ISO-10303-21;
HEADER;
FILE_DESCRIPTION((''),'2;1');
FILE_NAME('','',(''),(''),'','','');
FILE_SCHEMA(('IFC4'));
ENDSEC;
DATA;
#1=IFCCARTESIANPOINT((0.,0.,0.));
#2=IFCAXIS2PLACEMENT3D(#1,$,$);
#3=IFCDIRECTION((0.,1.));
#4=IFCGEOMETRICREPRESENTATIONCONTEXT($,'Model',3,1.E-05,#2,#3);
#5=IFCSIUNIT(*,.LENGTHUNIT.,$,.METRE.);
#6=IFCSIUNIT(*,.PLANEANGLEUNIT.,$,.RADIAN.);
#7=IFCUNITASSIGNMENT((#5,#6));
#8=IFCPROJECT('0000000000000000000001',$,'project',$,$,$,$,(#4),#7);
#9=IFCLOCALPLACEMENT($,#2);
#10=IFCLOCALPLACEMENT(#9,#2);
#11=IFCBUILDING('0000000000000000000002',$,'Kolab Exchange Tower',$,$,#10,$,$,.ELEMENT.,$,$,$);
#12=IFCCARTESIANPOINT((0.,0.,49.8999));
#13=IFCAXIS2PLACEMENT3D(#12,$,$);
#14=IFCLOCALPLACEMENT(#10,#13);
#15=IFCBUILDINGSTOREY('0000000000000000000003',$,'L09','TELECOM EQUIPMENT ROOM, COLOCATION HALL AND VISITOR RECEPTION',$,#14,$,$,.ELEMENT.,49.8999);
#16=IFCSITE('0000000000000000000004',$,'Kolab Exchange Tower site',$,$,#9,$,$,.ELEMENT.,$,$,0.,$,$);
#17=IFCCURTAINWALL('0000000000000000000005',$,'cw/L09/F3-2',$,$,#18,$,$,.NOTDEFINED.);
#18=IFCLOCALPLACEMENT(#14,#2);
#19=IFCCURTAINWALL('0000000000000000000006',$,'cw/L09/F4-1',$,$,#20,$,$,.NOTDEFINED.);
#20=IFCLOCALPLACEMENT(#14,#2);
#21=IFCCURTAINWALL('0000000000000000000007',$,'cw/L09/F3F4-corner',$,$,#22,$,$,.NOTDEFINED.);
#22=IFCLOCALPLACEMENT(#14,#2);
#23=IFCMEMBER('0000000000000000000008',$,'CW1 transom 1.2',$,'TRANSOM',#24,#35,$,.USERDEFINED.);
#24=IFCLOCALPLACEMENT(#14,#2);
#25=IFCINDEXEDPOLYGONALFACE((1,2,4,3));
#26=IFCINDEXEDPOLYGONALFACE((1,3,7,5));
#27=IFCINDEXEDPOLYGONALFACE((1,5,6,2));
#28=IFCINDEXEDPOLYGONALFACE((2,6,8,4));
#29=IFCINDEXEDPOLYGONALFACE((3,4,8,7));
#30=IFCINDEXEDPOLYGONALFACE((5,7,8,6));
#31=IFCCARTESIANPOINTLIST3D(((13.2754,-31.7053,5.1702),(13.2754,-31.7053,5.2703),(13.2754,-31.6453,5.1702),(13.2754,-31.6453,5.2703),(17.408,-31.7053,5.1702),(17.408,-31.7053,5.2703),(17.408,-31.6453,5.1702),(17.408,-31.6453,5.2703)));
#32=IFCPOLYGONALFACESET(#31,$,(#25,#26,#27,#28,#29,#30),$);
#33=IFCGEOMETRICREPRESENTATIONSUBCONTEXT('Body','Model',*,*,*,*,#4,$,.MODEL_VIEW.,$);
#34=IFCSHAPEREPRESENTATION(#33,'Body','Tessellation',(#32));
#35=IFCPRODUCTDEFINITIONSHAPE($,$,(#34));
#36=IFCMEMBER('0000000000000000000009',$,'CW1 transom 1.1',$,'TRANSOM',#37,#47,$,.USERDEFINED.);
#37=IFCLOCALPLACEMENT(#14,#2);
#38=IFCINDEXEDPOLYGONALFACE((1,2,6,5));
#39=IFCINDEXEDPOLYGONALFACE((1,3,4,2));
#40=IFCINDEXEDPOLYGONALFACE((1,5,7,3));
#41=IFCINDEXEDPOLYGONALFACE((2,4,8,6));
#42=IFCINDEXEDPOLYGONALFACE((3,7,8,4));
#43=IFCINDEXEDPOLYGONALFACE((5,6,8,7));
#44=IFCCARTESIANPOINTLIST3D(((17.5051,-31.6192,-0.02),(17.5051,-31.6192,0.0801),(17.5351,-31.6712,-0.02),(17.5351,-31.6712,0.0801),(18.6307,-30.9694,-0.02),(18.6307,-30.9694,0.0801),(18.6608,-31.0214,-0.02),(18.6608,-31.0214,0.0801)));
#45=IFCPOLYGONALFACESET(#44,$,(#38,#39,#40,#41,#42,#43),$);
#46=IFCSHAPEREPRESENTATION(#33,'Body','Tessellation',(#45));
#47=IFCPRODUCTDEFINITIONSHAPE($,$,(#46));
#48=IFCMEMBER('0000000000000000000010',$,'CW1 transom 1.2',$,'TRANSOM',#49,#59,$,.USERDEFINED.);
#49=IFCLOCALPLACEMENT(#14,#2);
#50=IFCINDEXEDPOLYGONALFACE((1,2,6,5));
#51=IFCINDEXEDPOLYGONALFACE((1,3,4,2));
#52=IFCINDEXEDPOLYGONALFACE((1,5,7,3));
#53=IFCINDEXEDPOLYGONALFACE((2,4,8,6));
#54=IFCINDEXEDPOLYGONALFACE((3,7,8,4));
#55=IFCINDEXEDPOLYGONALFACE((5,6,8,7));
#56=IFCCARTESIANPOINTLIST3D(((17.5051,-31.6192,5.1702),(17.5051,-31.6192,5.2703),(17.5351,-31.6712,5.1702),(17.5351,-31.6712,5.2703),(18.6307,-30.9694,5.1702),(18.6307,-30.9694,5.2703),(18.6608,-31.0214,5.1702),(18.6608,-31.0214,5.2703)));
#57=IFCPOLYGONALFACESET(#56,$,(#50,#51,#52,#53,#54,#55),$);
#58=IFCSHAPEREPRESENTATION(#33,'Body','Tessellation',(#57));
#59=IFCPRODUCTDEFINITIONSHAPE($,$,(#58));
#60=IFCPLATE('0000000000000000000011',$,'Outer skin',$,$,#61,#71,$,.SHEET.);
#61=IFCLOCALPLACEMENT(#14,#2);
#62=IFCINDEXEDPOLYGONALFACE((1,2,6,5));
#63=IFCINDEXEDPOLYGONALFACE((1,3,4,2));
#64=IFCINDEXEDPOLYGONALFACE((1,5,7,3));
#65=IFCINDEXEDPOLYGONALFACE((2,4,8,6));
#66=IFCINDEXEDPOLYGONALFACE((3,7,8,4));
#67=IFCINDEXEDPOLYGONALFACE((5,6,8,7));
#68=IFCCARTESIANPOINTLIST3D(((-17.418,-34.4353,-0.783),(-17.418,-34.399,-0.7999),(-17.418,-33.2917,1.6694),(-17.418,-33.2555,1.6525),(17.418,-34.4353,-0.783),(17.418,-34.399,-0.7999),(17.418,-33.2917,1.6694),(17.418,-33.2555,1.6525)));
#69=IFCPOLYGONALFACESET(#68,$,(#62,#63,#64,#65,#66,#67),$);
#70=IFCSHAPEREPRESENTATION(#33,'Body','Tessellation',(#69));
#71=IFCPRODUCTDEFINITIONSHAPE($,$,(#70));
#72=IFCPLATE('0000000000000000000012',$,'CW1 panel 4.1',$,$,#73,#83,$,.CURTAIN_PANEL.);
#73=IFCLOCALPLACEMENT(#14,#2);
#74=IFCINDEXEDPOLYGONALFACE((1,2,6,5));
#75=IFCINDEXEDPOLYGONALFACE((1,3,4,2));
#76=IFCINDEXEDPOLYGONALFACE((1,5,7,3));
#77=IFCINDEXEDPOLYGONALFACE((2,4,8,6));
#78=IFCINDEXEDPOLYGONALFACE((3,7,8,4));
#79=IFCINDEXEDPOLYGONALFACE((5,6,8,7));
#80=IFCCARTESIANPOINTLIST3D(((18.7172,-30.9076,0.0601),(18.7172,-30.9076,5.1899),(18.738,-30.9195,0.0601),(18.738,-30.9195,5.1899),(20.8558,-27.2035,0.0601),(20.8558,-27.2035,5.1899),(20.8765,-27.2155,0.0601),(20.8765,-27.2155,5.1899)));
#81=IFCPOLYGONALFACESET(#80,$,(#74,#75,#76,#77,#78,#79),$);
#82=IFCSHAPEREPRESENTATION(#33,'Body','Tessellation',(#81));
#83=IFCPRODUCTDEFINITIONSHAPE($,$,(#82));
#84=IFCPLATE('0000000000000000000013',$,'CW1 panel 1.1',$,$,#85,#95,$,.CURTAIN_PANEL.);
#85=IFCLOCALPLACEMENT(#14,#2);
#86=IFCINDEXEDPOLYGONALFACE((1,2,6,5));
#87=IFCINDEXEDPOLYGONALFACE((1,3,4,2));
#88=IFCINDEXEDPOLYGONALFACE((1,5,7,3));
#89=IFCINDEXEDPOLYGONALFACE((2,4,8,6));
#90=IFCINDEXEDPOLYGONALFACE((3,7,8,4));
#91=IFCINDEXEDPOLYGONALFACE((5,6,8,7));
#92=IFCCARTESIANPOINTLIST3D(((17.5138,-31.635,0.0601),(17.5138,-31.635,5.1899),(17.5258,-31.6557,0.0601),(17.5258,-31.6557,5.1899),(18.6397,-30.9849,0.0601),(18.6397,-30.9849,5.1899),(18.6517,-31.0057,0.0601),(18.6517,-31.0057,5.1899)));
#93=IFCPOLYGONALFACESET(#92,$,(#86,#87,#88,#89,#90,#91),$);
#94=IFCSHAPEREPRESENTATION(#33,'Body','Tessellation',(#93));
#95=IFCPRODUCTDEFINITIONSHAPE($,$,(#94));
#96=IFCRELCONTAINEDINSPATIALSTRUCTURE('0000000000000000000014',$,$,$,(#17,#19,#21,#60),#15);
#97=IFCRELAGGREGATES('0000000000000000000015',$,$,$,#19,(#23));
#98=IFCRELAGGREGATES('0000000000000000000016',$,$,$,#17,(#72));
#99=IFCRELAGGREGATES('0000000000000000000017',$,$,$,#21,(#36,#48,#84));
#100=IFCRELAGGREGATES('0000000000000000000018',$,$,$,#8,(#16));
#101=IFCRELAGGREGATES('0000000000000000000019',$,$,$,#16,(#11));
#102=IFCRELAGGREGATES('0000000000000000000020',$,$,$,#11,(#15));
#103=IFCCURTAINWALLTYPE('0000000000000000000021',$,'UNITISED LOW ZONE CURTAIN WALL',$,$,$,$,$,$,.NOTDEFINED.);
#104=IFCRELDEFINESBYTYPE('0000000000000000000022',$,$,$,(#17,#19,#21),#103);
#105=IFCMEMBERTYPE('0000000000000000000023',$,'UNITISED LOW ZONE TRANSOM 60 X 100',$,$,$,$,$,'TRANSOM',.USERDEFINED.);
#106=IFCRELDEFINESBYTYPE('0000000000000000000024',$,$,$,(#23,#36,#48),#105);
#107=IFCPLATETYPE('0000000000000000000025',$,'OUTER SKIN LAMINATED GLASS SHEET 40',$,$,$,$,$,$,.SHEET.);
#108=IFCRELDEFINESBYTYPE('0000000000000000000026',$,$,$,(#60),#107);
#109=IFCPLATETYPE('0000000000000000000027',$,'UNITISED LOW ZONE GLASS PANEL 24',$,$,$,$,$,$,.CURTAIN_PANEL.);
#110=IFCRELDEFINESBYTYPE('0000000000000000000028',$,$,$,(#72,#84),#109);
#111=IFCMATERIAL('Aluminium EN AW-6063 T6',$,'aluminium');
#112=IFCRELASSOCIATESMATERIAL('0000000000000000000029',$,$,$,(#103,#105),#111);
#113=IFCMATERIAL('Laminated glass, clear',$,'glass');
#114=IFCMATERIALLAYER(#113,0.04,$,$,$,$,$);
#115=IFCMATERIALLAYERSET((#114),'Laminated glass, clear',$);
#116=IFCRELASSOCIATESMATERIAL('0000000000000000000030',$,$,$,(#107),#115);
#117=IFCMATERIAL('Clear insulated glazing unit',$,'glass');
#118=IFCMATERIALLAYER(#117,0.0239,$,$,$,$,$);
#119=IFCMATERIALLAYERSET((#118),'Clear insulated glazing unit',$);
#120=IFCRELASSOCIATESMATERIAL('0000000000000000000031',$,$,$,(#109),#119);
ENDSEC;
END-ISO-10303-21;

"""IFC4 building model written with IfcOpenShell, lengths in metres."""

from ifc_helpers import new_model, si_unit, direction, frame, origin, origin_2d, place, context, subcontext, project, spatial, polyline, rectangle, outline, extrude, material, layer, layer_set, material_profile, profile_set, type_object, element, aggregate, save


model = new_model("IFC4")

# Units and contexts
model_context = context("Model", 3, precision=1e-05, world=origin(), true_north=direction((0.0, 1.0)))
body_context = subcontext(model_context, "Body", "Model", "MODEL_VIEW")
ifc_project = project(units=[si_unit("LENGTHUNIT", "METRE"), si_unit("PLANEANGLEUNIT", "RADIAN")], contexts=[model_context])

# Site, building, storey
site_placement = place(None, origin())
site = spatial("IfcSite", under=ifc_project, at=site_placement, Name="Kolab Exchange Tower site", CompositionType="ELEMENT", RefElevation=0.0)
building_placement = place(site_placement, origin())
building = spatial("IfcBuilding", under=site, at=building_placement, Name="Kolab Exchange Tower", CompositionType="ELEMENT")
storey_placement = place(building_placement, frame((0.0, 0.0, 49.8999)))
storey = spatial("IfcBuildingStorey", under=building, at=storey_placement, Name="L09", Description="TELECOM EQUIPMENT ROOM, COLOCATION HALL AND VISITOR RECEPTION", CompositionType="ELEMENT", Elevation=49.8999)

# Curtain wall
ifc_material_1 = material(Name="Aluminium EN AW-6063 T6", Category="aluminium")
curtain_wall_type = type_object("IfcCurtainWallType", Name="UNITISED LOW ZONE CURTAIN WALL", PredefinedType="NOTDEFINED", material=ifc_material_1)
curtain_wall_1_placement = place(storey_placement, origin())
curtain_wall_1 = element("IfcCurtainWall", 1, at=curtain_wall_1_placement, inside=storey, type_object=curtain_wall_type, Name="cw/L09/F3-2", PredefinedType="NOTDEFINED")

# Curtain wall
curtain_wall_2_placement = place(storey_placement, origin())
curtain_wall_2 = element("IfcCurtainWall", 2, at=curtain_wall_2_placement, inside=storey, type_object=curtain_wall_type, Name="cw/L09/F4-1", PredefinedType="NOTDEFINED")

# Curtain wall
curtain_wall_3_placement = place(storey_placement, origin())
curtain_wall_3 = element("IfcCurtainWall", 3, at=curtain_wall_3_placement, inside=storey, type_object=curtain_wall_type, Name="cw/L09/F3F4-corner", PredefinedType="NOTDEFINED")

# Members
ifc_material_profile_1 = material_profile(ifc_material_1, rectangle(XDim=0.0601, YDim=0.1001, at=origin_2d()), Name="RECT 60X100")
ifc_profile_set_1 = profile_set([ifc_material_profile_1], Name="Aluminium EN AW-6063 T6")
member_type_1 = type_object("IfcMemberType", Name="UNITISED LOW ZONE TRANSOM 60 X 100", ElementType="TRANSOM", PredefinedType="USERDEFINED", material=ifc_profile_set_1)
member_1_placement = place(storey_placement, frame((17.408, -31.6753, 5.2202), z_axis=(-1.0, 0.0, 0.0), x_axis=(0.0, -1.0, 0.0)))
member_1 = element("IfcMember", 4, at=member_1_placement, type_object=member_type_1, Name="CW1 transom 1.2", ObjectType="TRANSOM", PredefinedType="USERDEFINED", context=body_context, shape_type="SweptSolid", body=[
    extrude(rectangle(XDim=0.0601, YDim=0.1001, at=origin_2d()), origin(), (0.0, 0.0, 1.0), 4.1326),
])
aggregate(curtain_wall_2, [member_1])
member_2_placement = place(storey_placement, frame((18.6458, -30.9954, 0.03), z_axis=(-0.866039, -0.499977, 0.0), x_axis=(0.499977, -0.866039, 0.0)))
member_2 = element("IfcMember", 5, at=member_2_placement, type_object=member_type_1, Name="CW1 transom 1.1", ObjectType="TRANSOM", PredefinedType="USERDEFINED", context=body_context, shape_type="SweptSolid", body=[
    extrude(rectangle(XDim=0.0601, YDim=0.1001, at=origin_2d()), origin(), (0.0, 0.0, 1.0), 1.2998),
])
member_3_placement = place(storey_placement, frame((18.6458, -30.9954, 5.2202), z_axis=(-0.866039, -0.499977, 0.0), x_axis=(0.499977, -0.866039, 0.0)))
member_3 = element("IfcMember", 6, at=member_3_placement, type_object=member_type_1, Name="CW1 transom 1.2", ObjectType="TRANSOM", PredefinedType="USERDEFINED", context=body_context, shape_type="SweptSolid", body=[
    extrude(rectangle(XDim=0.0601, YDim=0.1001, at=origin_2d()), origin(), (0.0, 0.0, 1.0), 1.2998),
])

# Plates
ifc_material_2 = material(Name="Laminated glass, clear", Category="glass")
ifc_layer_1 = layer(ifc_material_2, 0.04)
ifc_layer_set_1 = layer_set([ifc_layer_1], Name="Laminated glass, clear")
plate_type_1 = type_object("IfcPlateType", Name="OUTER SKIN LAMINATED GLASS SHEET 40", PredefinedType="SHEET", material=ifc_layer_set_1)
plate_1_placement = place(storey_placement, frame((17.418, -34.4353, -0.783), z_axis=(0.0, -0.90631, 0.422614), x_axis=(-1.0, 0.0, 0.0)))
element("IfcPlate", 7, at=plate_1_placement, inside=storey, type_object=plate_type_1, Name="Outer skin", PredefinedType="SHEET", context=body_context, shape_type="SweptSolid", body=[
    extrude(outline(polyline([(0.0, 0.0), (34.8359, 0.0), (34.8359, -2.7059), (0.0, -2.7059), (0.0, 0.0)])), origin(), (0.0, 0.0, -1.0), 0.04),
])
ifc_material_3 = material(Name="Clear insulated glazing unit", Category="glass")
ifc_layer_2 = layer(ifc_material_3, 0.0239)
ifc_layer_set_2 = layer_set([ifc_layer_2], Name="Clear insulated glazing unit")
plate_type_2 = type_object("IfcPlateType", Name="UNITISED LOW ZONE GLASS PANEL 24", PredefinedType="CURTAIN_PANEL", material=ifc_layer_set_2)
plate_2_placement = place(storey_placement, frame((19.7969, -29.0615, 0.0601), z_axis=(0.0, 0.0, 1.0), x_axis=(-0.5, -0.866025, 0.0)))
plate_2 = element("IfcPlate", 8, at=plate_2_placement, type_object=plate_type_2, Name="CW1 panel 4.1", PredefinedType="CURTAIN_PANEL", context=body_context, shape_type="SweptSolid", body=[
    extrude(rectangle(XDim=4.2771, YDim=0.0239, at=origin_2d()), origin(), (0.0, 0.0, 1.0), 5.1299),
])
aggregate(curtain_wall_1, [plate_2])
plate_3_placement = place(storey_placement, frame((18.0828, -31.3203, 0.0601), z_axis=(0.0, 0.0, 1.0), x_axis=(-0.866025, -0.5, 0.0)))
plate_3 = element("IfcPlate", 9, at=plate_3_placement, type_object=plate_type_2, Name="CW1 panel 1.1", PredefinedType="CURTAIN_PANEL", context=body_context, shape_type="SweptSolid", body=[
    extrude(rectangle(XDim=1.3, YDim=0.0239, at=origin_2d()), origin(), (0.0, 0.0, 1.0), 5.1299),
])
aggregate(curtain_wall_3, [member_2, member_3, plate_3])

save(model, "model.ifc")
